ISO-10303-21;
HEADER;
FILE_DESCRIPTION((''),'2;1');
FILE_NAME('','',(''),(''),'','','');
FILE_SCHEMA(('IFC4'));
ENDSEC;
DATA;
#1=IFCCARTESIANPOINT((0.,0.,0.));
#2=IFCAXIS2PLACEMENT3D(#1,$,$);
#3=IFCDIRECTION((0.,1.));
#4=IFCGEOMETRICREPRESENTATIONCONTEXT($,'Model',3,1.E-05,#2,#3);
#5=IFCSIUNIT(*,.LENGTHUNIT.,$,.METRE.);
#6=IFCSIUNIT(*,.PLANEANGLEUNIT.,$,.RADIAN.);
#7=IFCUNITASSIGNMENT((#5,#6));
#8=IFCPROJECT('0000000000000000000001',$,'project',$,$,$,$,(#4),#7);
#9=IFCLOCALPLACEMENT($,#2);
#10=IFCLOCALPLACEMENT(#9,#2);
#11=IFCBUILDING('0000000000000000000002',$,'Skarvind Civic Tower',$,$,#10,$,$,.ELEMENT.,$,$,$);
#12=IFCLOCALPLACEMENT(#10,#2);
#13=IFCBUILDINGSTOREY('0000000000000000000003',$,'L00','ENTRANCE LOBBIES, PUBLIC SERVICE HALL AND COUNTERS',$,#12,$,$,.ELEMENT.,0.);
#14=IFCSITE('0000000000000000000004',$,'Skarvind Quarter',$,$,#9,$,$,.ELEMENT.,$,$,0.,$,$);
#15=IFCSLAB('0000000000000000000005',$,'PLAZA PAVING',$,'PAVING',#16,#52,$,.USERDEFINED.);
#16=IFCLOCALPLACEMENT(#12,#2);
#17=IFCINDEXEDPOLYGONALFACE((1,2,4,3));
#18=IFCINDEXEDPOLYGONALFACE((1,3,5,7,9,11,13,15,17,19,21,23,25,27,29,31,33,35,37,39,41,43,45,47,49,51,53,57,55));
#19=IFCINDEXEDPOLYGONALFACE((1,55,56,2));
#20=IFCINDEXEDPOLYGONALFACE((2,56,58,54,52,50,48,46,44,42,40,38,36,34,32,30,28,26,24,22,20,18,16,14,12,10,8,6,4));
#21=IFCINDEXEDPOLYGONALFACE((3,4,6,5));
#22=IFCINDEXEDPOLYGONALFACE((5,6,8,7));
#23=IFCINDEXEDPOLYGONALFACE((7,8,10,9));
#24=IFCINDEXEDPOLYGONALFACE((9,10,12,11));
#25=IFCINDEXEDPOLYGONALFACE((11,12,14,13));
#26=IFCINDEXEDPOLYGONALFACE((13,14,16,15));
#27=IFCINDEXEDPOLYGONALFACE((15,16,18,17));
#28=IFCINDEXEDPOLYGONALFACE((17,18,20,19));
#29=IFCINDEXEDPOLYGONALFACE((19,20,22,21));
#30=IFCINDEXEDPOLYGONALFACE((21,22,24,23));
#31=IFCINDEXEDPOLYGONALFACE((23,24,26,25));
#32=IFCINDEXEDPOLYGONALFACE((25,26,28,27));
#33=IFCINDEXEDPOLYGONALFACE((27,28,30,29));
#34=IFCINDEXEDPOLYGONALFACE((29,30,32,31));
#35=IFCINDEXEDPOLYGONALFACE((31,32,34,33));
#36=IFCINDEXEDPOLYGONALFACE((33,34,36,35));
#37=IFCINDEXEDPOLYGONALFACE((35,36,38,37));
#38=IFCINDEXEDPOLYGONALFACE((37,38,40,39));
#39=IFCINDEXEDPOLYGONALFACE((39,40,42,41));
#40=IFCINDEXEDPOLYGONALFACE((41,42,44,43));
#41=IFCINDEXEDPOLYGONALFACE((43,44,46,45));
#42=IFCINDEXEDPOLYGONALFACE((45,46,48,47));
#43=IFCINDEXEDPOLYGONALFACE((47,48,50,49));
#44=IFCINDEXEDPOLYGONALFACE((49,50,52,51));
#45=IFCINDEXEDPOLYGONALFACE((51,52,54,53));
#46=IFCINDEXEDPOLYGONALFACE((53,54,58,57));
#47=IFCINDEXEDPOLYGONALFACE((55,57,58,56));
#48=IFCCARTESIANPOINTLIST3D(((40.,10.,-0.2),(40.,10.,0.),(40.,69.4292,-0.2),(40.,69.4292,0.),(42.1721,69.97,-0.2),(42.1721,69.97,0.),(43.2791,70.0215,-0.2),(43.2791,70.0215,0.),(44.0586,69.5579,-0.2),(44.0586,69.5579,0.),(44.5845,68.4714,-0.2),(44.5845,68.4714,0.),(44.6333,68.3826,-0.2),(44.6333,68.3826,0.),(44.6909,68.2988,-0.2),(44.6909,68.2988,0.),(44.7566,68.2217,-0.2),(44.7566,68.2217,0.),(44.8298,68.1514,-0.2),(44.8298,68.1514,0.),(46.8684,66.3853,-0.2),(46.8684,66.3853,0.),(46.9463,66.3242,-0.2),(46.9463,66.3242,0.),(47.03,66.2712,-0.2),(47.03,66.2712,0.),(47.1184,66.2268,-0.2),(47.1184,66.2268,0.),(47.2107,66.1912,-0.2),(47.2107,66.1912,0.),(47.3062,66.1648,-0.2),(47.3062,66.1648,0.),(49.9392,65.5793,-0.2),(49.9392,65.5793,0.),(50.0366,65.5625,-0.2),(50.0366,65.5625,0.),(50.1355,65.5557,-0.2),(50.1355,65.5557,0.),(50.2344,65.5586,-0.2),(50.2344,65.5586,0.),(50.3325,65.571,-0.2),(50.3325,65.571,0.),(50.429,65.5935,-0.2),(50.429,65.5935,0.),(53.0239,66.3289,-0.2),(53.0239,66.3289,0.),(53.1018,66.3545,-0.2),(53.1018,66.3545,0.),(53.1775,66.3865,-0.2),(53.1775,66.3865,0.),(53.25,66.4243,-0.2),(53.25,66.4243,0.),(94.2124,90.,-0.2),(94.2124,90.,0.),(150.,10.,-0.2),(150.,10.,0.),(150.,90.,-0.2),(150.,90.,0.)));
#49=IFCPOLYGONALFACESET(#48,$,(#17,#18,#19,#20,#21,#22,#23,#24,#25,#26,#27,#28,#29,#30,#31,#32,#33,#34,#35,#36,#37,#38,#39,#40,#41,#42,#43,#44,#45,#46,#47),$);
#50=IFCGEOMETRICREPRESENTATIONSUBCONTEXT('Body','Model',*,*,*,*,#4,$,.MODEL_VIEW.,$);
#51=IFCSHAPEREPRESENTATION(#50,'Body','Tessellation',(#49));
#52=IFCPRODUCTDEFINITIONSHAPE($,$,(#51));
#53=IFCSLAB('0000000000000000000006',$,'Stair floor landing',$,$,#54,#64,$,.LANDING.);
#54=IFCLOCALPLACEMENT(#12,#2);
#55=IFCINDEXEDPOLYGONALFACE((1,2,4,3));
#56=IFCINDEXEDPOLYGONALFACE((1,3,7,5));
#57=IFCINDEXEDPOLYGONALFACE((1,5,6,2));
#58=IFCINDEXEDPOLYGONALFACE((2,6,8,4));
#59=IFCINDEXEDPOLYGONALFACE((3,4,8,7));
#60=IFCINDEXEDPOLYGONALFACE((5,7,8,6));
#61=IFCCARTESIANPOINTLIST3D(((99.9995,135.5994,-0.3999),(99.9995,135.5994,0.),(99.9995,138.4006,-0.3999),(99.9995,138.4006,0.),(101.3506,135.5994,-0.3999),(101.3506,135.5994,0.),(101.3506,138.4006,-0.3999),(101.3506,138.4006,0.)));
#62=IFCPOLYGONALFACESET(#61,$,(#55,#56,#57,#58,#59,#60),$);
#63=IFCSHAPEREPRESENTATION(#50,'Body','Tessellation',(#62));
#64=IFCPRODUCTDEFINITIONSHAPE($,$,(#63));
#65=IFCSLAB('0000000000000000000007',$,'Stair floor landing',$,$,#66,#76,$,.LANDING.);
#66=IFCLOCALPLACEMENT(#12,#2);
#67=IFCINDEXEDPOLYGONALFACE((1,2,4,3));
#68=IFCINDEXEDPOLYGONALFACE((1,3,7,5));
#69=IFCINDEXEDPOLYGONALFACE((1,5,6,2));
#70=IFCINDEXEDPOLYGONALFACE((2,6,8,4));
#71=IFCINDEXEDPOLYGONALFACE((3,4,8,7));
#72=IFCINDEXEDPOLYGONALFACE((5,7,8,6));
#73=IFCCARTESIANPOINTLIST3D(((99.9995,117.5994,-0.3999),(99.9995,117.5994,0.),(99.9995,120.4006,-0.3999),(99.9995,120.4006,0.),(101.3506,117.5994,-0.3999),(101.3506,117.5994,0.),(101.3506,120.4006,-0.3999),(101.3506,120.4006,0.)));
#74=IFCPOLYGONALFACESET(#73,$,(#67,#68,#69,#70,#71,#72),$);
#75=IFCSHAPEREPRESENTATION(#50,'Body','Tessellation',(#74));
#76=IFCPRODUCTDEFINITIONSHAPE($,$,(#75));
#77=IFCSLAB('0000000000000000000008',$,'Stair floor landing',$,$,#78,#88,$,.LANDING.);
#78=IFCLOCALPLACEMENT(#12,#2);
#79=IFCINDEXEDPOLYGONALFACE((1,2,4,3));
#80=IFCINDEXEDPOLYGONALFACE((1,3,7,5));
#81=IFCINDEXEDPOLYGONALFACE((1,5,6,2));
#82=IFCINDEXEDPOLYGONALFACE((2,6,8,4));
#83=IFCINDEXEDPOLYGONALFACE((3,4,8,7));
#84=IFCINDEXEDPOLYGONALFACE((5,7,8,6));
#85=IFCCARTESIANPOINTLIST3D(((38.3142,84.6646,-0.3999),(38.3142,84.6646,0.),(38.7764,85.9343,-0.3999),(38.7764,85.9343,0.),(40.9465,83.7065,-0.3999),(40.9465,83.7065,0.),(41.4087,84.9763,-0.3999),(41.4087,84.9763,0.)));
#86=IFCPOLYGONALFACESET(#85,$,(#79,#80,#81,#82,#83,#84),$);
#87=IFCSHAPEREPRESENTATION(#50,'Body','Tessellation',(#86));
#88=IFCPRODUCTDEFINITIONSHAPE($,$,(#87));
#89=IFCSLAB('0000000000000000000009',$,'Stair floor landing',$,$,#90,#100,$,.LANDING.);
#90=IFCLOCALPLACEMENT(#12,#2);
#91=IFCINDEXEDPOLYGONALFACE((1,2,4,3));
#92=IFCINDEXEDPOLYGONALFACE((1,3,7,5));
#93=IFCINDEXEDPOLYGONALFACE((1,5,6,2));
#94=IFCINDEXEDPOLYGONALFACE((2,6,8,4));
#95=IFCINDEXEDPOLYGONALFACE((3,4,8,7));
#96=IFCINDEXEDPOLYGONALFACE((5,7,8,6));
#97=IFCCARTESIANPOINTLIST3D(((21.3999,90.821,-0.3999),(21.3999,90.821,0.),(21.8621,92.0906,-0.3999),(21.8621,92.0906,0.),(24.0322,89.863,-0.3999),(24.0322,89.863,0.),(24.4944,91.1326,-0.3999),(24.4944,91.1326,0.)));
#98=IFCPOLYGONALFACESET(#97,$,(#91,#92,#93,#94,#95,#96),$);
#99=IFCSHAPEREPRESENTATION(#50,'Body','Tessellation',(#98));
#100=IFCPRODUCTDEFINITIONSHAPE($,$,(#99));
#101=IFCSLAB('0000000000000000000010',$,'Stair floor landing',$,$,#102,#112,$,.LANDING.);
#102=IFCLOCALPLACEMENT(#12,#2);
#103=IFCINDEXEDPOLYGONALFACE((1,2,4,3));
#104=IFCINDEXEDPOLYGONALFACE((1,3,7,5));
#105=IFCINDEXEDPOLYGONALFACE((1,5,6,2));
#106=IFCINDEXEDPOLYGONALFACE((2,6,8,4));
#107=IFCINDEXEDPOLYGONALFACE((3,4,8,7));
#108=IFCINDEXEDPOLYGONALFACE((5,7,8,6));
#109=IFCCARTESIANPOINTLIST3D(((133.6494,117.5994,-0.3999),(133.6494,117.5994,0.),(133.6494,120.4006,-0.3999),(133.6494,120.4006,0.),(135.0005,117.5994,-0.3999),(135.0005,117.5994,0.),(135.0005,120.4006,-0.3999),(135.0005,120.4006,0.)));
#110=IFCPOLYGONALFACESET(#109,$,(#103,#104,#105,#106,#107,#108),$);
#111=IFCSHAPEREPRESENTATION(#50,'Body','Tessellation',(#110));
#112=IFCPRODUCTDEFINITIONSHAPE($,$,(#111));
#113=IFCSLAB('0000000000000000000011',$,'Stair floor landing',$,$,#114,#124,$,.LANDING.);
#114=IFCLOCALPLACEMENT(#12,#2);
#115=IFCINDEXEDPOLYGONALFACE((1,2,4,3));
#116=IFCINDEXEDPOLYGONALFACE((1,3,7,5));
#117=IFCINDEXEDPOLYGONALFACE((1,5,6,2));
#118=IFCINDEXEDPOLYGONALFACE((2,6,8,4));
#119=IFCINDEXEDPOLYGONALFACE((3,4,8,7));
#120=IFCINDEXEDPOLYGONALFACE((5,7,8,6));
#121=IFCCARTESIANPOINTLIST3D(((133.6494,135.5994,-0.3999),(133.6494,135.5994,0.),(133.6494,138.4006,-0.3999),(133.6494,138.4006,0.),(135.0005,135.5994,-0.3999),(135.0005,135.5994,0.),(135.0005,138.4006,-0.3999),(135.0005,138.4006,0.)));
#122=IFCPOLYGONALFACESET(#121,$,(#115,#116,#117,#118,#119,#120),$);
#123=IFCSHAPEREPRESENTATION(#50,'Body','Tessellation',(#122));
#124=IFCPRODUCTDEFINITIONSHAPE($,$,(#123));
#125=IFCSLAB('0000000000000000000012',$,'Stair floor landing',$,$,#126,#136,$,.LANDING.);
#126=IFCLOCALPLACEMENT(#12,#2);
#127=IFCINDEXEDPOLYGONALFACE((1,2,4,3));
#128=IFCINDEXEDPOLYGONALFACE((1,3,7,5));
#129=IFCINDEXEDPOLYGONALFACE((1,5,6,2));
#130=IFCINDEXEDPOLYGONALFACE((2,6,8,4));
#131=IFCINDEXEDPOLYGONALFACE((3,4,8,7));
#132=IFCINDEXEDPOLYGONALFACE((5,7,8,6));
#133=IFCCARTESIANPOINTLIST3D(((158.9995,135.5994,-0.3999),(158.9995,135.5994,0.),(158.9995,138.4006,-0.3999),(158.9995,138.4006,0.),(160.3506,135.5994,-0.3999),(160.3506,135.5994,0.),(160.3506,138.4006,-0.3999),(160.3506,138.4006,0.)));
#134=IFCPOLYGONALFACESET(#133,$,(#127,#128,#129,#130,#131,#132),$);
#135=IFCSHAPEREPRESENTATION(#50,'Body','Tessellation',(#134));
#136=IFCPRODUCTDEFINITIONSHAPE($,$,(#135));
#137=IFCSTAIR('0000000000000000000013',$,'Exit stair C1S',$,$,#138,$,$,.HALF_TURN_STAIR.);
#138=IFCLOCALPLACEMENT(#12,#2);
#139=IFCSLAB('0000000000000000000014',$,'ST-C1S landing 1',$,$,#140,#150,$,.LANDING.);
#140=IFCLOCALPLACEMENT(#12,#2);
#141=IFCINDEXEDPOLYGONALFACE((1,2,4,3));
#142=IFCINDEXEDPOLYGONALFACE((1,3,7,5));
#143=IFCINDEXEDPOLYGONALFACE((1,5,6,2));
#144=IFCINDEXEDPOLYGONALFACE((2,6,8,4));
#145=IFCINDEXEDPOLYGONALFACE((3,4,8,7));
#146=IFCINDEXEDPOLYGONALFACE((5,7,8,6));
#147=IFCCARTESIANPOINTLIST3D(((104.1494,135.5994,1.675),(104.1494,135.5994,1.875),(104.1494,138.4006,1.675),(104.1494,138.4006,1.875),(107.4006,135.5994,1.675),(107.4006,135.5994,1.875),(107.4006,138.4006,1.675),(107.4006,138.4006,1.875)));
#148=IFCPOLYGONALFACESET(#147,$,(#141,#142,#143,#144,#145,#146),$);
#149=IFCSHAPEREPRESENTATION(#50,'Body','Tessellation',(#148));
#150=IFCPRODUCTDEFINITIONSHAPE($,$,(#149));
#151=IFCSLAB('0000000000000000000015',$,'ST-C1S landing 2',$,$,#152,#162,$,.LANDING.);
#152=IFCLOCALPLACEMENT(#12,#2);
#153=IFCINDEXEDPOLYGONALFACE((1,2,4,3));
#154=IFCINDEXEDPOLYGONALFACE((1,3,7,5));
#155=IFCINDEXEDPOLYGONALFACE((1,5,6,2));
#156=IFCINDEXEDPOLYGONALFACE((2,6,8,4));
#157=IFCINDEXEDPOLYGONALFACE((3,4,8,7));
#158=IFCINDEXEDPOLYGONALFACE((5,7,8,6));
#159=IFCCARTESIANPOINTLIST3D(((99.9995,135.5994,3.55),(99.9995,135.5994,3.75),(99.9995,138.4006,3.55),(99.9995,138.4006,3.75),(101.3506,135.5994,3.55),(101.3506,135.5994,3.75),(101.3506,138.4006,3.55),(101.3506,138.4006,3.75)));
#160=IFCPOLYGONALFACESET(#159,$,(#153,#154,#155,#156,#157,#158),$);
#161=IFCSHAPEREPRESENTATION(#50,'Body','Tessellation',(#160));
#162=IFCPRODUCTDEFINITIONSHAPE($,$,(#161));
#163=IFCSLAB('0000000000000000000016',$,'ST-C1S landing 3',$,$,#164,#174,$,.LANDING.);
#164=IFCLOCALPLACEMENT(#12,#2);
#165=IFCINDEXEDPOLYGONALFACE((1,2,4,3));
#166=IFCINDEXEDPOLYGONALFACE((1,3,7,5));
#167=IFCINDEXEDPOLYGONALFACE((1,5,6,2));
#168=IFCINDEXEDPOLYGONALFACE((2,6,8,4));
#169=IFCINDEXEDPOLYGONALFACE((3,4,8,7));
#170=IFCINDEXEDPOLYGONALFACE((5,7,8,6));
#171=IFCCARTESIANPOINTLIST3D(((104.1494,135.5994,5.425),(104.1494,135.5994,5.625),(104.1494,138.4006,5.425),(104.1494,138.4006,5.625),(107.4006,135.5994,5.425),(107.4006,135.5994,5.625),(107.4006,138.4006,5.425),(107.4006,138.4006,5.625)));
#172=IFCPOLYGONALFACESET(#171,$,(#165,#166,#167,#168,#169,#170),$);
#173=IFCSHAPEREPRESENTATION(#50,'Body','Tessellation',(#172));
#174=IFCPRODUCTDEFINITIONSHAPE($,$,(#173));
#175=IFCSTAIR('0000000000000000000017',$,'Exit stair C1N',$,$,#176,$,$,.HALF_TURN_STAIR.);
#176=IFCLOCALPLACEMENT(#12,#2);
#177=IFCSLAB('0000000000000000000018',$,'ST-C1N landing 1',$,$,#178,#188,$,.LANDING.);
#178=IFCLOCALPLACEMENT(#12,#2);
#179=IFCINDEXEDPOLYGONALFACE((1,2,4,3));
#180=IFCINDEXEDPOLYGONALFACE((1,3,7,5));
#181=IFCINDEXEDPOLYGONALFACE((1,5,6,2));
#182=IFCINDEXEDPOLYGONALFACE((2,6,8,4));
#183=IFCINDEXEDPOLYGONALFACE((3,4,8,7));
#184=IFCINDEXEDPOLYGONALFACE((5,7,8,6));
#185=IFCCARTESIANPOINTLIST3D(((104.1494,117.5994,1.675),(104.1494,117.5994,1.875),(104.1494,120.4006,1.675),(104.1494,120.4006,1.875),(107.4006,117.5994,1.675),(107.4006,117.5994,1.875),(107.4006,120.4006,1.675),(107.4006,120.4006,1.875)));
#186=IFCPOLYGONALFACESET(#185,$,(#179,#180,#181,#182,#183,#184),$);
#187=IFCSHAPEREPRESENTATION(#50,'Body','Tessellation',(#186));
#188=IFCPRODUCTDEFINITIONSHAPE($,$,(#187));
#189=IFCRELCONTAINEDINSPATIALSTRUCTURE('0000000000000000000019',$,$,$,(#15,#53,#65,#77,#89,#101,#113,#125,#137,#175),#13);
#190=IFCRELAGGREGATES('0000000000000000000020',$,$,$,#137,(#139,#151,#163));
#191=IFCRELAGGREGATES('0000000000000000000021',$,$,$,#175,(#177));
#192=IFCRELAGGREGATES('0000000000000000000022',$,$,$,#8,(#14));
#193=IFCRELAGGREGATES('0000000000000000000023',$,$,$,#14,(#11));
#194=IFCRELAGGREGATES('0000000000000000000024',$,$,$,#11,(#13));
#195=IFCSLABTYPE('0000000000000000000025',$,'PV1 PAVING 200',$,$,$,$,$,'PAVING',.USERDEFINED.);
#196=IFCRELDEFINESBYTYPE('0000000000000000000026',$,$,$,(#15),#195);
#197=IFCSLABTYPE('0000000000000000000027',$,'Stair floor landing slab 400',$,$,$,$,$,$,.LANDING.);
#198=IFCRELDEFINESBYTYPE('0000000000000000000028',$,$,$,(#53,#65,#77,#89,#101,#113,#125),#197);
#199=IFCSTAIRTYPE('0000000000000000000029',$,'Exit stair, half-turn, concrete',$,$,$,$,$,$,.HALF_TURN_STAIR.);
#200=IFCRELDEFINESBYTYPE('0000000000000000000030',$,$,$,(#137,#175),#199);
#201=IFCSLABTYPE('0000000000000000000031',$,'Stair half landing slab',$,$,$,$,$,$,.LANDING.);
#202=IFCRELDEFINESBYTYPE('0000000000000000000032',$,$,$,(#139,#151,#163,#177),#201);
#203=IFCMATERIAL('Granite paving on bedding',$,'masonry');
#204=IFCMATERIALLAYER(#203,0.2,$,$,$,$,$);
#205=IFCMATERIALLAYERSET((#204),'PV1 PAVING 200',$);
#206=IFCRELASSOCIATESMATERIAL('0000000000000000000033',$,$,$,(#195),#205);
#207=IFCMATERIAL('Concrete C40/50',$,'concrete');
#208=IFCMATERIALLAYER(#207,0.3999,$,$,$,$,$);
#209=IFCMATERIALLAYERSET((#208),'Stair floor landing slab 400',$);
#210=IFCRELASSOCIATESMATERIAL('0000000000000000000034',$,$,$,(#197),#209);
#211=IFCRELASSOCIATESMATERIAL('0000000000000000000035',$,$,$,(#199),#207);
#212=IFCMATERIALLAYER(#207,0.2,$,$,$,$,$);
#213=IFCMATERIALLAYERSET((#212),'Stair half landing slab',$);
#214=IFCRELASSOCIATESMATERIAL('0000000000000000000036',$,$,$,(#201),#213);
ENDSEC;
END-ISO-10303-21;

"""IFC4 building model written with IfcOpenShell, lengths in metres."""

from ifc_helpers import new_model, si_unit, direction, frame, origin, place, context, subcontext, project, spatial, polyline, outline, extrude, material, layer, layer_set, type_object, element, aggregate, save


model = new_model("IFC4")

# Units and contexts
model_context = context("Model", 3, precision=1e-05, world=origin(), true_north=direction((0.0, 1.0)))
body_context = subcontext(model_context, "Body", "Model", "MODEL_VIEW")
ifc_project = project(units=[si_unit("LENGTHUNIT", "METRE"), si_unit("PLANEANGLEUNIT", "RADIAN")], contexts=[model_context])

# Site, building, storey
site_placement = place(None, origin())
site = spatial("IfcSite", under=ifc_project, at=site_placement, Name="Skarvind Quarter", CompositionType="ELEMENT", RefElevation=0.0)
building_placement = place(site_placement, origin())
building = spatial("IfcBuilding", under=site, at=building_placement, Name="Skarvind Civic Tower", CompositionType="ELEMENT")
storey_placement = place(building_placement, origin())
storey = spatial("IfcBuildingStorey", under=building, at=storey_placement, Name="L00", Description="ENTRANCE LOBBIES, PUBLIC SERVICE HALL AND COUNTERS", CompositionType="ELEMENT", Elevation=0.0)

# Slabs
ifc_material_1 = material(Name="Granite paving on bedding", Category="masonry")
ifc_layer_1 = layer(ifc_material_1, 0.2)
ifc_layer_set_1 = layer_set([ifc_layer_1], Name="PV1 PAVING 200")
slab_type_1 = type_object("IfcSlabType", Name="PV1 PAVING 200", ElementType="PAVING", PredefinedType="USERDEFINED", material=ifc_layer_set_1)
slab_1_placement = place(storey_placement, frame((0.0, 0.0, -0.2)))
element("IfcSlab", 1, at=slab_1_placement, inside=storey, type_object=slab_type_1, Name="PLAZA PAVING", ObjectType="PAVING", PredefinedType="USERDEFINED", context=body_context, shape_type="SweptSolid", body=[
    extrude(outline(polyline([(150.0, 90.0), (150.0, 10.0), (40.0, 10.0), (40.0, 69.4292), (42.1721, 69.97), (43.2791, 70.0215), (44.0586, 69.5579), (44.5845, 68.4714), (44.6333, 68.3826), (44.6909, 68.2988), (44.7566, 68.2217), (44.8298, 68.1514), (46.8684, 66.3853), (46.9463, 66.3242), (47.03, 66.2712), (47.1184, 66.2268), (47.2107, 66.1912), (47.3062, 66.1648), (49.9392, 65.5793), (50.0366, 65.5625), (50.1355, 65.5557), (50.2344, 65.5586), (50.3325, 65.571), (50.429, 65.5935), (53.0239, 66.3289), (53.1018, 66.3545), (53.1775, 66.3865), (53.25, 66.4243), (94.2124, 90.0), (150.0, 90.0)])), origin(), (0.0, 0.0, 1.0), 0.2),
])
ifc_material_2 = material(Name="Concrete C40/50", Category="concrete")
ifc_layer_2 = layer(ifc_material_2, 0.3999)
ifc_layer_set_2 = layer_set([ifc_layer_2], Name="Stair floor landing slab 400")
slab_type_2 = type_object("IfcSlabType", Name="Stair floor landing slab 400", PredefinedType="LANDING", material=ifc_layer_set_2)
slab_2_placement = place(storey_placement, frame((0.0, 0.0, -0.3999)))
element("IfcSlab", 2, at=slab_2_placement, inside=storey, type_object=slab_type_2, Name="Stair floor landing", PredefinedType="LANDING", context=body_context, shape_type="SweptSolid", body=[
    extrude(outline(polyline([(101.3506, 138.4006), (101.3506, 135.5994), (99.9995, 135.5994), (99.9995, 138.4006), (101.3506, 138.4006)])), origin(), (0.0, 0.0, 1.0), 0.3999),
])
slab_3_placement = place(storey_placement, frame((0.0, 0.0, -0.3999)))
element("IfcSlab", 3, at=slab_3_placement, inside=storey, type_object=slab_type_2, Name="Stair floor landing", PredefinedType="LANDING", context=body_context, shape_type="SweptSolid", body=[
    extrude(outline(polyline([(101.3506, 120.4006), (101.3506, 117.5994), (99.9995, 117.5994), (99.9995, 120.4006), (101.3506, 120.4006)])), origin(), (0.0, 0.0, 1.0), 0.3999),
])
slab_4_placement = place(storey_placement, frame((0.0, 0.0, -0.3999)))
element("IfcSlab", 4, at=slab_4_placement, inside=storey, type_object=slab_type_2, Name="Stair floor landing", PredefinedType="LANDING", context=body_context, shape_type="SweptSolid", body=[
    extrude(outline(polyline([(40.9465, 83.7065), (38.3142, 84.6646), (38.7764, 85.9343), (41.4087, 84.9763), (40.9465, 83.7065)])), origin(), (0.0, 0.0, 1.0), 0.3999),
])
slab_5_placement = place(storey_placement, frame((0.0, 0.0, -0.3999)))
element("IfcSlab", 5, at=slab_5_placement, inside=storey, type_object=slab_type_2, Name="Stair floor landing", PredefinedType="LANDING", context=body_context, shape_type="SweptSolid", body=[
    extrude(outline(polyline([(24.0322, 89.863), (21.3999, 90.821), (21.8621, 92.0906), (24.4944, 91.1326), (24.0322, 89.863)])), origin(), (0.0, 0.0, 1.0), 0.3999),
])
slab_6_placement = place(storey_placement, frame((0.0, 0.0, -0.3999)))
element("IfcSlab", 6, at=slab_6_placement, inside=storey, type_object=slab_type_2, Name="Stair floor landing", PredefinedType="LANDING", context=body_context, shape_type="SweptSolid", body=[
    extrude(outline(polyline([(133.6494, 117.5994), (133.6494, 120.4006), (135.0005, 120.4006), (135.0005, 117.5994), (133.6494, 117.5994)])), origin(), (0.0, 0.0, 1.0), 0.3999),
])
slab_7_placement = place(storey_placement, frame((0.0, 0.0, -0.3999)))
element("IfcSlab", 7, at=slab_7_placement, inside=storey, type_object=slab_type_2, Name="Stair floor landing", PredefinedType="LANDING", context=body_context, shape_type="SweptSolid", body=[
    extrude(outline(polyline([(133.6494, 135.5994), (133.6494, 138.4006), (135.0005, 138.4006), (135.0005, 135.5994), (133.6494, 135.5994)])), origin(), (0.0, 0.0, 1.0), 0.3999),
])
slab_8_placement = place(storey_placement, frame((0.0, 0.0, -0.3999)))
element("IfcSlab", 8, at=slab_8_placement, inside=storey, type_object=slab_type_2, Name="Stair floor landing", PredefinedType="LANDING", context=body_context, shape_type="SweptSolid", body=[
    extrude(outline(polyline([(160.3506, 138.4006), (160.3506, 135.5994), (158.9995, 135.5994), (158.9995, 138.4006), (160.3506, 138.4006)])), origin(), (0.0, 0.0, 1.0), 0.3999),
])

# Stairs, slabs
stair_type = type_object("IfcStairType", Name="Exit stair, half-turn, concrete", PredefinedType="HALF_TURN_STAIR", material=ifc_material_2)
stair_1_placement = place(storey_placement, origin())
stair_1 = element("IfcStair", 9, at=stair_1_placement, inside=storey, type_object=stair_type, Name="Exit stair C1S", PredefinedType="HALF_TURN_STAIR")
ifc_layer_3 = layer(ifc_material_2, 0.2)
ifc_layer_set_3 = layer_set([ifc_layer_3], Name="Stair half landing slab")
slab_type_3 = type_object("IfcSlabType", Name="Stair half landing slab", PredefinedType="LANDING", material=ifc_layer_set_3)
slab_9_placement = place(storey_placement, frame((0.0, 0.0, 1.675)))
slab_9 = element("IfcSlab", 10, at=slab_9_placement, type_object=slab_type_3, Name="ST-C1S landing 1", PredefinedType="LANDING", context=body_context, shape_type="SweptSolid", body=[
    extrude(outline(polyline([(104.1494, 135.5994), (104.1494, 138.4006), (107.4006, 138.4006), (107.4006, 135.5994), (104.1494, 135.5994)])), origin(), (0.0, 0.0, 1.0), 0.2),
])
slab_10_placement = place(storey_placement, frame((0.0, 0.0, 3.55)))
slab_10 = element("IfcSlab", 11, at=slab_10_placement, type_object=slab_type_3, Name="ST-C1S landing 2", PredefinedType="LANDING", context=body_context, shape_type="SweptSolid", body=[
    extrude(outline(polyline([(99.9995, 135.5994), (99.9995, 138.4006), (101.3506, 138.4006), (101.3506, 135.5994), (99.9995, 135.5994)])), origin(), (0.0, 0.0, 1.0), 0.2),
])
slab_11_placement = place(storey_placement, frame((0.0, 0.0, 5.425)))
slab_11 = element("IfcSlab", 12, at=slab_11_placement, type_object=slab_type_3, Name="ST-C1S landing 3", PredefinedType="LANDING", context=body_context, shape_type="SweptSolid", body=[
    extrude(outline(polyline([(104.1494, 135.5994), (104.1494, 138.4006), (107.4006, 138.4006), (107.4006, 135.5994), (104.1494, 135.5994)])), origin(), (0.0, 0.0, 1.0), 0.2),
])
aggregate(stair_1, [slab_9, slab_10, slab_11])
stair_2_placement = place(storey_placement, origin())
stair_2 = element("IfcStair", 13, at=stair_2_placement, inside=storey, type_object=stair_type, Name="Exit stair C1N", PredefinedType="HALF_TURN_STAIR")
slab_12_placement = place(storey_placement, frame((0.0, 0.0, 1.675)))
slab_12 = element("IfcSlab", 14, at=slab_12_placement, type_object=slab_type_3, Name="ST-C1N landing 1", PredefinedType="LANDING", context=body_context, shape_type="SweptSolid", body=[
    extrude(outline(polyline([(104.1494, 117.5994), (104.1494, 120.4006), (107.4006, 120.4006), (107.4006, 117.5994), (104.1494, 117.5994)])), origin(), (0.0, 0.0, 1.0), 0.2),
])
aggregate(stair_2, [slab_12])

save(model, "model.ifc")
